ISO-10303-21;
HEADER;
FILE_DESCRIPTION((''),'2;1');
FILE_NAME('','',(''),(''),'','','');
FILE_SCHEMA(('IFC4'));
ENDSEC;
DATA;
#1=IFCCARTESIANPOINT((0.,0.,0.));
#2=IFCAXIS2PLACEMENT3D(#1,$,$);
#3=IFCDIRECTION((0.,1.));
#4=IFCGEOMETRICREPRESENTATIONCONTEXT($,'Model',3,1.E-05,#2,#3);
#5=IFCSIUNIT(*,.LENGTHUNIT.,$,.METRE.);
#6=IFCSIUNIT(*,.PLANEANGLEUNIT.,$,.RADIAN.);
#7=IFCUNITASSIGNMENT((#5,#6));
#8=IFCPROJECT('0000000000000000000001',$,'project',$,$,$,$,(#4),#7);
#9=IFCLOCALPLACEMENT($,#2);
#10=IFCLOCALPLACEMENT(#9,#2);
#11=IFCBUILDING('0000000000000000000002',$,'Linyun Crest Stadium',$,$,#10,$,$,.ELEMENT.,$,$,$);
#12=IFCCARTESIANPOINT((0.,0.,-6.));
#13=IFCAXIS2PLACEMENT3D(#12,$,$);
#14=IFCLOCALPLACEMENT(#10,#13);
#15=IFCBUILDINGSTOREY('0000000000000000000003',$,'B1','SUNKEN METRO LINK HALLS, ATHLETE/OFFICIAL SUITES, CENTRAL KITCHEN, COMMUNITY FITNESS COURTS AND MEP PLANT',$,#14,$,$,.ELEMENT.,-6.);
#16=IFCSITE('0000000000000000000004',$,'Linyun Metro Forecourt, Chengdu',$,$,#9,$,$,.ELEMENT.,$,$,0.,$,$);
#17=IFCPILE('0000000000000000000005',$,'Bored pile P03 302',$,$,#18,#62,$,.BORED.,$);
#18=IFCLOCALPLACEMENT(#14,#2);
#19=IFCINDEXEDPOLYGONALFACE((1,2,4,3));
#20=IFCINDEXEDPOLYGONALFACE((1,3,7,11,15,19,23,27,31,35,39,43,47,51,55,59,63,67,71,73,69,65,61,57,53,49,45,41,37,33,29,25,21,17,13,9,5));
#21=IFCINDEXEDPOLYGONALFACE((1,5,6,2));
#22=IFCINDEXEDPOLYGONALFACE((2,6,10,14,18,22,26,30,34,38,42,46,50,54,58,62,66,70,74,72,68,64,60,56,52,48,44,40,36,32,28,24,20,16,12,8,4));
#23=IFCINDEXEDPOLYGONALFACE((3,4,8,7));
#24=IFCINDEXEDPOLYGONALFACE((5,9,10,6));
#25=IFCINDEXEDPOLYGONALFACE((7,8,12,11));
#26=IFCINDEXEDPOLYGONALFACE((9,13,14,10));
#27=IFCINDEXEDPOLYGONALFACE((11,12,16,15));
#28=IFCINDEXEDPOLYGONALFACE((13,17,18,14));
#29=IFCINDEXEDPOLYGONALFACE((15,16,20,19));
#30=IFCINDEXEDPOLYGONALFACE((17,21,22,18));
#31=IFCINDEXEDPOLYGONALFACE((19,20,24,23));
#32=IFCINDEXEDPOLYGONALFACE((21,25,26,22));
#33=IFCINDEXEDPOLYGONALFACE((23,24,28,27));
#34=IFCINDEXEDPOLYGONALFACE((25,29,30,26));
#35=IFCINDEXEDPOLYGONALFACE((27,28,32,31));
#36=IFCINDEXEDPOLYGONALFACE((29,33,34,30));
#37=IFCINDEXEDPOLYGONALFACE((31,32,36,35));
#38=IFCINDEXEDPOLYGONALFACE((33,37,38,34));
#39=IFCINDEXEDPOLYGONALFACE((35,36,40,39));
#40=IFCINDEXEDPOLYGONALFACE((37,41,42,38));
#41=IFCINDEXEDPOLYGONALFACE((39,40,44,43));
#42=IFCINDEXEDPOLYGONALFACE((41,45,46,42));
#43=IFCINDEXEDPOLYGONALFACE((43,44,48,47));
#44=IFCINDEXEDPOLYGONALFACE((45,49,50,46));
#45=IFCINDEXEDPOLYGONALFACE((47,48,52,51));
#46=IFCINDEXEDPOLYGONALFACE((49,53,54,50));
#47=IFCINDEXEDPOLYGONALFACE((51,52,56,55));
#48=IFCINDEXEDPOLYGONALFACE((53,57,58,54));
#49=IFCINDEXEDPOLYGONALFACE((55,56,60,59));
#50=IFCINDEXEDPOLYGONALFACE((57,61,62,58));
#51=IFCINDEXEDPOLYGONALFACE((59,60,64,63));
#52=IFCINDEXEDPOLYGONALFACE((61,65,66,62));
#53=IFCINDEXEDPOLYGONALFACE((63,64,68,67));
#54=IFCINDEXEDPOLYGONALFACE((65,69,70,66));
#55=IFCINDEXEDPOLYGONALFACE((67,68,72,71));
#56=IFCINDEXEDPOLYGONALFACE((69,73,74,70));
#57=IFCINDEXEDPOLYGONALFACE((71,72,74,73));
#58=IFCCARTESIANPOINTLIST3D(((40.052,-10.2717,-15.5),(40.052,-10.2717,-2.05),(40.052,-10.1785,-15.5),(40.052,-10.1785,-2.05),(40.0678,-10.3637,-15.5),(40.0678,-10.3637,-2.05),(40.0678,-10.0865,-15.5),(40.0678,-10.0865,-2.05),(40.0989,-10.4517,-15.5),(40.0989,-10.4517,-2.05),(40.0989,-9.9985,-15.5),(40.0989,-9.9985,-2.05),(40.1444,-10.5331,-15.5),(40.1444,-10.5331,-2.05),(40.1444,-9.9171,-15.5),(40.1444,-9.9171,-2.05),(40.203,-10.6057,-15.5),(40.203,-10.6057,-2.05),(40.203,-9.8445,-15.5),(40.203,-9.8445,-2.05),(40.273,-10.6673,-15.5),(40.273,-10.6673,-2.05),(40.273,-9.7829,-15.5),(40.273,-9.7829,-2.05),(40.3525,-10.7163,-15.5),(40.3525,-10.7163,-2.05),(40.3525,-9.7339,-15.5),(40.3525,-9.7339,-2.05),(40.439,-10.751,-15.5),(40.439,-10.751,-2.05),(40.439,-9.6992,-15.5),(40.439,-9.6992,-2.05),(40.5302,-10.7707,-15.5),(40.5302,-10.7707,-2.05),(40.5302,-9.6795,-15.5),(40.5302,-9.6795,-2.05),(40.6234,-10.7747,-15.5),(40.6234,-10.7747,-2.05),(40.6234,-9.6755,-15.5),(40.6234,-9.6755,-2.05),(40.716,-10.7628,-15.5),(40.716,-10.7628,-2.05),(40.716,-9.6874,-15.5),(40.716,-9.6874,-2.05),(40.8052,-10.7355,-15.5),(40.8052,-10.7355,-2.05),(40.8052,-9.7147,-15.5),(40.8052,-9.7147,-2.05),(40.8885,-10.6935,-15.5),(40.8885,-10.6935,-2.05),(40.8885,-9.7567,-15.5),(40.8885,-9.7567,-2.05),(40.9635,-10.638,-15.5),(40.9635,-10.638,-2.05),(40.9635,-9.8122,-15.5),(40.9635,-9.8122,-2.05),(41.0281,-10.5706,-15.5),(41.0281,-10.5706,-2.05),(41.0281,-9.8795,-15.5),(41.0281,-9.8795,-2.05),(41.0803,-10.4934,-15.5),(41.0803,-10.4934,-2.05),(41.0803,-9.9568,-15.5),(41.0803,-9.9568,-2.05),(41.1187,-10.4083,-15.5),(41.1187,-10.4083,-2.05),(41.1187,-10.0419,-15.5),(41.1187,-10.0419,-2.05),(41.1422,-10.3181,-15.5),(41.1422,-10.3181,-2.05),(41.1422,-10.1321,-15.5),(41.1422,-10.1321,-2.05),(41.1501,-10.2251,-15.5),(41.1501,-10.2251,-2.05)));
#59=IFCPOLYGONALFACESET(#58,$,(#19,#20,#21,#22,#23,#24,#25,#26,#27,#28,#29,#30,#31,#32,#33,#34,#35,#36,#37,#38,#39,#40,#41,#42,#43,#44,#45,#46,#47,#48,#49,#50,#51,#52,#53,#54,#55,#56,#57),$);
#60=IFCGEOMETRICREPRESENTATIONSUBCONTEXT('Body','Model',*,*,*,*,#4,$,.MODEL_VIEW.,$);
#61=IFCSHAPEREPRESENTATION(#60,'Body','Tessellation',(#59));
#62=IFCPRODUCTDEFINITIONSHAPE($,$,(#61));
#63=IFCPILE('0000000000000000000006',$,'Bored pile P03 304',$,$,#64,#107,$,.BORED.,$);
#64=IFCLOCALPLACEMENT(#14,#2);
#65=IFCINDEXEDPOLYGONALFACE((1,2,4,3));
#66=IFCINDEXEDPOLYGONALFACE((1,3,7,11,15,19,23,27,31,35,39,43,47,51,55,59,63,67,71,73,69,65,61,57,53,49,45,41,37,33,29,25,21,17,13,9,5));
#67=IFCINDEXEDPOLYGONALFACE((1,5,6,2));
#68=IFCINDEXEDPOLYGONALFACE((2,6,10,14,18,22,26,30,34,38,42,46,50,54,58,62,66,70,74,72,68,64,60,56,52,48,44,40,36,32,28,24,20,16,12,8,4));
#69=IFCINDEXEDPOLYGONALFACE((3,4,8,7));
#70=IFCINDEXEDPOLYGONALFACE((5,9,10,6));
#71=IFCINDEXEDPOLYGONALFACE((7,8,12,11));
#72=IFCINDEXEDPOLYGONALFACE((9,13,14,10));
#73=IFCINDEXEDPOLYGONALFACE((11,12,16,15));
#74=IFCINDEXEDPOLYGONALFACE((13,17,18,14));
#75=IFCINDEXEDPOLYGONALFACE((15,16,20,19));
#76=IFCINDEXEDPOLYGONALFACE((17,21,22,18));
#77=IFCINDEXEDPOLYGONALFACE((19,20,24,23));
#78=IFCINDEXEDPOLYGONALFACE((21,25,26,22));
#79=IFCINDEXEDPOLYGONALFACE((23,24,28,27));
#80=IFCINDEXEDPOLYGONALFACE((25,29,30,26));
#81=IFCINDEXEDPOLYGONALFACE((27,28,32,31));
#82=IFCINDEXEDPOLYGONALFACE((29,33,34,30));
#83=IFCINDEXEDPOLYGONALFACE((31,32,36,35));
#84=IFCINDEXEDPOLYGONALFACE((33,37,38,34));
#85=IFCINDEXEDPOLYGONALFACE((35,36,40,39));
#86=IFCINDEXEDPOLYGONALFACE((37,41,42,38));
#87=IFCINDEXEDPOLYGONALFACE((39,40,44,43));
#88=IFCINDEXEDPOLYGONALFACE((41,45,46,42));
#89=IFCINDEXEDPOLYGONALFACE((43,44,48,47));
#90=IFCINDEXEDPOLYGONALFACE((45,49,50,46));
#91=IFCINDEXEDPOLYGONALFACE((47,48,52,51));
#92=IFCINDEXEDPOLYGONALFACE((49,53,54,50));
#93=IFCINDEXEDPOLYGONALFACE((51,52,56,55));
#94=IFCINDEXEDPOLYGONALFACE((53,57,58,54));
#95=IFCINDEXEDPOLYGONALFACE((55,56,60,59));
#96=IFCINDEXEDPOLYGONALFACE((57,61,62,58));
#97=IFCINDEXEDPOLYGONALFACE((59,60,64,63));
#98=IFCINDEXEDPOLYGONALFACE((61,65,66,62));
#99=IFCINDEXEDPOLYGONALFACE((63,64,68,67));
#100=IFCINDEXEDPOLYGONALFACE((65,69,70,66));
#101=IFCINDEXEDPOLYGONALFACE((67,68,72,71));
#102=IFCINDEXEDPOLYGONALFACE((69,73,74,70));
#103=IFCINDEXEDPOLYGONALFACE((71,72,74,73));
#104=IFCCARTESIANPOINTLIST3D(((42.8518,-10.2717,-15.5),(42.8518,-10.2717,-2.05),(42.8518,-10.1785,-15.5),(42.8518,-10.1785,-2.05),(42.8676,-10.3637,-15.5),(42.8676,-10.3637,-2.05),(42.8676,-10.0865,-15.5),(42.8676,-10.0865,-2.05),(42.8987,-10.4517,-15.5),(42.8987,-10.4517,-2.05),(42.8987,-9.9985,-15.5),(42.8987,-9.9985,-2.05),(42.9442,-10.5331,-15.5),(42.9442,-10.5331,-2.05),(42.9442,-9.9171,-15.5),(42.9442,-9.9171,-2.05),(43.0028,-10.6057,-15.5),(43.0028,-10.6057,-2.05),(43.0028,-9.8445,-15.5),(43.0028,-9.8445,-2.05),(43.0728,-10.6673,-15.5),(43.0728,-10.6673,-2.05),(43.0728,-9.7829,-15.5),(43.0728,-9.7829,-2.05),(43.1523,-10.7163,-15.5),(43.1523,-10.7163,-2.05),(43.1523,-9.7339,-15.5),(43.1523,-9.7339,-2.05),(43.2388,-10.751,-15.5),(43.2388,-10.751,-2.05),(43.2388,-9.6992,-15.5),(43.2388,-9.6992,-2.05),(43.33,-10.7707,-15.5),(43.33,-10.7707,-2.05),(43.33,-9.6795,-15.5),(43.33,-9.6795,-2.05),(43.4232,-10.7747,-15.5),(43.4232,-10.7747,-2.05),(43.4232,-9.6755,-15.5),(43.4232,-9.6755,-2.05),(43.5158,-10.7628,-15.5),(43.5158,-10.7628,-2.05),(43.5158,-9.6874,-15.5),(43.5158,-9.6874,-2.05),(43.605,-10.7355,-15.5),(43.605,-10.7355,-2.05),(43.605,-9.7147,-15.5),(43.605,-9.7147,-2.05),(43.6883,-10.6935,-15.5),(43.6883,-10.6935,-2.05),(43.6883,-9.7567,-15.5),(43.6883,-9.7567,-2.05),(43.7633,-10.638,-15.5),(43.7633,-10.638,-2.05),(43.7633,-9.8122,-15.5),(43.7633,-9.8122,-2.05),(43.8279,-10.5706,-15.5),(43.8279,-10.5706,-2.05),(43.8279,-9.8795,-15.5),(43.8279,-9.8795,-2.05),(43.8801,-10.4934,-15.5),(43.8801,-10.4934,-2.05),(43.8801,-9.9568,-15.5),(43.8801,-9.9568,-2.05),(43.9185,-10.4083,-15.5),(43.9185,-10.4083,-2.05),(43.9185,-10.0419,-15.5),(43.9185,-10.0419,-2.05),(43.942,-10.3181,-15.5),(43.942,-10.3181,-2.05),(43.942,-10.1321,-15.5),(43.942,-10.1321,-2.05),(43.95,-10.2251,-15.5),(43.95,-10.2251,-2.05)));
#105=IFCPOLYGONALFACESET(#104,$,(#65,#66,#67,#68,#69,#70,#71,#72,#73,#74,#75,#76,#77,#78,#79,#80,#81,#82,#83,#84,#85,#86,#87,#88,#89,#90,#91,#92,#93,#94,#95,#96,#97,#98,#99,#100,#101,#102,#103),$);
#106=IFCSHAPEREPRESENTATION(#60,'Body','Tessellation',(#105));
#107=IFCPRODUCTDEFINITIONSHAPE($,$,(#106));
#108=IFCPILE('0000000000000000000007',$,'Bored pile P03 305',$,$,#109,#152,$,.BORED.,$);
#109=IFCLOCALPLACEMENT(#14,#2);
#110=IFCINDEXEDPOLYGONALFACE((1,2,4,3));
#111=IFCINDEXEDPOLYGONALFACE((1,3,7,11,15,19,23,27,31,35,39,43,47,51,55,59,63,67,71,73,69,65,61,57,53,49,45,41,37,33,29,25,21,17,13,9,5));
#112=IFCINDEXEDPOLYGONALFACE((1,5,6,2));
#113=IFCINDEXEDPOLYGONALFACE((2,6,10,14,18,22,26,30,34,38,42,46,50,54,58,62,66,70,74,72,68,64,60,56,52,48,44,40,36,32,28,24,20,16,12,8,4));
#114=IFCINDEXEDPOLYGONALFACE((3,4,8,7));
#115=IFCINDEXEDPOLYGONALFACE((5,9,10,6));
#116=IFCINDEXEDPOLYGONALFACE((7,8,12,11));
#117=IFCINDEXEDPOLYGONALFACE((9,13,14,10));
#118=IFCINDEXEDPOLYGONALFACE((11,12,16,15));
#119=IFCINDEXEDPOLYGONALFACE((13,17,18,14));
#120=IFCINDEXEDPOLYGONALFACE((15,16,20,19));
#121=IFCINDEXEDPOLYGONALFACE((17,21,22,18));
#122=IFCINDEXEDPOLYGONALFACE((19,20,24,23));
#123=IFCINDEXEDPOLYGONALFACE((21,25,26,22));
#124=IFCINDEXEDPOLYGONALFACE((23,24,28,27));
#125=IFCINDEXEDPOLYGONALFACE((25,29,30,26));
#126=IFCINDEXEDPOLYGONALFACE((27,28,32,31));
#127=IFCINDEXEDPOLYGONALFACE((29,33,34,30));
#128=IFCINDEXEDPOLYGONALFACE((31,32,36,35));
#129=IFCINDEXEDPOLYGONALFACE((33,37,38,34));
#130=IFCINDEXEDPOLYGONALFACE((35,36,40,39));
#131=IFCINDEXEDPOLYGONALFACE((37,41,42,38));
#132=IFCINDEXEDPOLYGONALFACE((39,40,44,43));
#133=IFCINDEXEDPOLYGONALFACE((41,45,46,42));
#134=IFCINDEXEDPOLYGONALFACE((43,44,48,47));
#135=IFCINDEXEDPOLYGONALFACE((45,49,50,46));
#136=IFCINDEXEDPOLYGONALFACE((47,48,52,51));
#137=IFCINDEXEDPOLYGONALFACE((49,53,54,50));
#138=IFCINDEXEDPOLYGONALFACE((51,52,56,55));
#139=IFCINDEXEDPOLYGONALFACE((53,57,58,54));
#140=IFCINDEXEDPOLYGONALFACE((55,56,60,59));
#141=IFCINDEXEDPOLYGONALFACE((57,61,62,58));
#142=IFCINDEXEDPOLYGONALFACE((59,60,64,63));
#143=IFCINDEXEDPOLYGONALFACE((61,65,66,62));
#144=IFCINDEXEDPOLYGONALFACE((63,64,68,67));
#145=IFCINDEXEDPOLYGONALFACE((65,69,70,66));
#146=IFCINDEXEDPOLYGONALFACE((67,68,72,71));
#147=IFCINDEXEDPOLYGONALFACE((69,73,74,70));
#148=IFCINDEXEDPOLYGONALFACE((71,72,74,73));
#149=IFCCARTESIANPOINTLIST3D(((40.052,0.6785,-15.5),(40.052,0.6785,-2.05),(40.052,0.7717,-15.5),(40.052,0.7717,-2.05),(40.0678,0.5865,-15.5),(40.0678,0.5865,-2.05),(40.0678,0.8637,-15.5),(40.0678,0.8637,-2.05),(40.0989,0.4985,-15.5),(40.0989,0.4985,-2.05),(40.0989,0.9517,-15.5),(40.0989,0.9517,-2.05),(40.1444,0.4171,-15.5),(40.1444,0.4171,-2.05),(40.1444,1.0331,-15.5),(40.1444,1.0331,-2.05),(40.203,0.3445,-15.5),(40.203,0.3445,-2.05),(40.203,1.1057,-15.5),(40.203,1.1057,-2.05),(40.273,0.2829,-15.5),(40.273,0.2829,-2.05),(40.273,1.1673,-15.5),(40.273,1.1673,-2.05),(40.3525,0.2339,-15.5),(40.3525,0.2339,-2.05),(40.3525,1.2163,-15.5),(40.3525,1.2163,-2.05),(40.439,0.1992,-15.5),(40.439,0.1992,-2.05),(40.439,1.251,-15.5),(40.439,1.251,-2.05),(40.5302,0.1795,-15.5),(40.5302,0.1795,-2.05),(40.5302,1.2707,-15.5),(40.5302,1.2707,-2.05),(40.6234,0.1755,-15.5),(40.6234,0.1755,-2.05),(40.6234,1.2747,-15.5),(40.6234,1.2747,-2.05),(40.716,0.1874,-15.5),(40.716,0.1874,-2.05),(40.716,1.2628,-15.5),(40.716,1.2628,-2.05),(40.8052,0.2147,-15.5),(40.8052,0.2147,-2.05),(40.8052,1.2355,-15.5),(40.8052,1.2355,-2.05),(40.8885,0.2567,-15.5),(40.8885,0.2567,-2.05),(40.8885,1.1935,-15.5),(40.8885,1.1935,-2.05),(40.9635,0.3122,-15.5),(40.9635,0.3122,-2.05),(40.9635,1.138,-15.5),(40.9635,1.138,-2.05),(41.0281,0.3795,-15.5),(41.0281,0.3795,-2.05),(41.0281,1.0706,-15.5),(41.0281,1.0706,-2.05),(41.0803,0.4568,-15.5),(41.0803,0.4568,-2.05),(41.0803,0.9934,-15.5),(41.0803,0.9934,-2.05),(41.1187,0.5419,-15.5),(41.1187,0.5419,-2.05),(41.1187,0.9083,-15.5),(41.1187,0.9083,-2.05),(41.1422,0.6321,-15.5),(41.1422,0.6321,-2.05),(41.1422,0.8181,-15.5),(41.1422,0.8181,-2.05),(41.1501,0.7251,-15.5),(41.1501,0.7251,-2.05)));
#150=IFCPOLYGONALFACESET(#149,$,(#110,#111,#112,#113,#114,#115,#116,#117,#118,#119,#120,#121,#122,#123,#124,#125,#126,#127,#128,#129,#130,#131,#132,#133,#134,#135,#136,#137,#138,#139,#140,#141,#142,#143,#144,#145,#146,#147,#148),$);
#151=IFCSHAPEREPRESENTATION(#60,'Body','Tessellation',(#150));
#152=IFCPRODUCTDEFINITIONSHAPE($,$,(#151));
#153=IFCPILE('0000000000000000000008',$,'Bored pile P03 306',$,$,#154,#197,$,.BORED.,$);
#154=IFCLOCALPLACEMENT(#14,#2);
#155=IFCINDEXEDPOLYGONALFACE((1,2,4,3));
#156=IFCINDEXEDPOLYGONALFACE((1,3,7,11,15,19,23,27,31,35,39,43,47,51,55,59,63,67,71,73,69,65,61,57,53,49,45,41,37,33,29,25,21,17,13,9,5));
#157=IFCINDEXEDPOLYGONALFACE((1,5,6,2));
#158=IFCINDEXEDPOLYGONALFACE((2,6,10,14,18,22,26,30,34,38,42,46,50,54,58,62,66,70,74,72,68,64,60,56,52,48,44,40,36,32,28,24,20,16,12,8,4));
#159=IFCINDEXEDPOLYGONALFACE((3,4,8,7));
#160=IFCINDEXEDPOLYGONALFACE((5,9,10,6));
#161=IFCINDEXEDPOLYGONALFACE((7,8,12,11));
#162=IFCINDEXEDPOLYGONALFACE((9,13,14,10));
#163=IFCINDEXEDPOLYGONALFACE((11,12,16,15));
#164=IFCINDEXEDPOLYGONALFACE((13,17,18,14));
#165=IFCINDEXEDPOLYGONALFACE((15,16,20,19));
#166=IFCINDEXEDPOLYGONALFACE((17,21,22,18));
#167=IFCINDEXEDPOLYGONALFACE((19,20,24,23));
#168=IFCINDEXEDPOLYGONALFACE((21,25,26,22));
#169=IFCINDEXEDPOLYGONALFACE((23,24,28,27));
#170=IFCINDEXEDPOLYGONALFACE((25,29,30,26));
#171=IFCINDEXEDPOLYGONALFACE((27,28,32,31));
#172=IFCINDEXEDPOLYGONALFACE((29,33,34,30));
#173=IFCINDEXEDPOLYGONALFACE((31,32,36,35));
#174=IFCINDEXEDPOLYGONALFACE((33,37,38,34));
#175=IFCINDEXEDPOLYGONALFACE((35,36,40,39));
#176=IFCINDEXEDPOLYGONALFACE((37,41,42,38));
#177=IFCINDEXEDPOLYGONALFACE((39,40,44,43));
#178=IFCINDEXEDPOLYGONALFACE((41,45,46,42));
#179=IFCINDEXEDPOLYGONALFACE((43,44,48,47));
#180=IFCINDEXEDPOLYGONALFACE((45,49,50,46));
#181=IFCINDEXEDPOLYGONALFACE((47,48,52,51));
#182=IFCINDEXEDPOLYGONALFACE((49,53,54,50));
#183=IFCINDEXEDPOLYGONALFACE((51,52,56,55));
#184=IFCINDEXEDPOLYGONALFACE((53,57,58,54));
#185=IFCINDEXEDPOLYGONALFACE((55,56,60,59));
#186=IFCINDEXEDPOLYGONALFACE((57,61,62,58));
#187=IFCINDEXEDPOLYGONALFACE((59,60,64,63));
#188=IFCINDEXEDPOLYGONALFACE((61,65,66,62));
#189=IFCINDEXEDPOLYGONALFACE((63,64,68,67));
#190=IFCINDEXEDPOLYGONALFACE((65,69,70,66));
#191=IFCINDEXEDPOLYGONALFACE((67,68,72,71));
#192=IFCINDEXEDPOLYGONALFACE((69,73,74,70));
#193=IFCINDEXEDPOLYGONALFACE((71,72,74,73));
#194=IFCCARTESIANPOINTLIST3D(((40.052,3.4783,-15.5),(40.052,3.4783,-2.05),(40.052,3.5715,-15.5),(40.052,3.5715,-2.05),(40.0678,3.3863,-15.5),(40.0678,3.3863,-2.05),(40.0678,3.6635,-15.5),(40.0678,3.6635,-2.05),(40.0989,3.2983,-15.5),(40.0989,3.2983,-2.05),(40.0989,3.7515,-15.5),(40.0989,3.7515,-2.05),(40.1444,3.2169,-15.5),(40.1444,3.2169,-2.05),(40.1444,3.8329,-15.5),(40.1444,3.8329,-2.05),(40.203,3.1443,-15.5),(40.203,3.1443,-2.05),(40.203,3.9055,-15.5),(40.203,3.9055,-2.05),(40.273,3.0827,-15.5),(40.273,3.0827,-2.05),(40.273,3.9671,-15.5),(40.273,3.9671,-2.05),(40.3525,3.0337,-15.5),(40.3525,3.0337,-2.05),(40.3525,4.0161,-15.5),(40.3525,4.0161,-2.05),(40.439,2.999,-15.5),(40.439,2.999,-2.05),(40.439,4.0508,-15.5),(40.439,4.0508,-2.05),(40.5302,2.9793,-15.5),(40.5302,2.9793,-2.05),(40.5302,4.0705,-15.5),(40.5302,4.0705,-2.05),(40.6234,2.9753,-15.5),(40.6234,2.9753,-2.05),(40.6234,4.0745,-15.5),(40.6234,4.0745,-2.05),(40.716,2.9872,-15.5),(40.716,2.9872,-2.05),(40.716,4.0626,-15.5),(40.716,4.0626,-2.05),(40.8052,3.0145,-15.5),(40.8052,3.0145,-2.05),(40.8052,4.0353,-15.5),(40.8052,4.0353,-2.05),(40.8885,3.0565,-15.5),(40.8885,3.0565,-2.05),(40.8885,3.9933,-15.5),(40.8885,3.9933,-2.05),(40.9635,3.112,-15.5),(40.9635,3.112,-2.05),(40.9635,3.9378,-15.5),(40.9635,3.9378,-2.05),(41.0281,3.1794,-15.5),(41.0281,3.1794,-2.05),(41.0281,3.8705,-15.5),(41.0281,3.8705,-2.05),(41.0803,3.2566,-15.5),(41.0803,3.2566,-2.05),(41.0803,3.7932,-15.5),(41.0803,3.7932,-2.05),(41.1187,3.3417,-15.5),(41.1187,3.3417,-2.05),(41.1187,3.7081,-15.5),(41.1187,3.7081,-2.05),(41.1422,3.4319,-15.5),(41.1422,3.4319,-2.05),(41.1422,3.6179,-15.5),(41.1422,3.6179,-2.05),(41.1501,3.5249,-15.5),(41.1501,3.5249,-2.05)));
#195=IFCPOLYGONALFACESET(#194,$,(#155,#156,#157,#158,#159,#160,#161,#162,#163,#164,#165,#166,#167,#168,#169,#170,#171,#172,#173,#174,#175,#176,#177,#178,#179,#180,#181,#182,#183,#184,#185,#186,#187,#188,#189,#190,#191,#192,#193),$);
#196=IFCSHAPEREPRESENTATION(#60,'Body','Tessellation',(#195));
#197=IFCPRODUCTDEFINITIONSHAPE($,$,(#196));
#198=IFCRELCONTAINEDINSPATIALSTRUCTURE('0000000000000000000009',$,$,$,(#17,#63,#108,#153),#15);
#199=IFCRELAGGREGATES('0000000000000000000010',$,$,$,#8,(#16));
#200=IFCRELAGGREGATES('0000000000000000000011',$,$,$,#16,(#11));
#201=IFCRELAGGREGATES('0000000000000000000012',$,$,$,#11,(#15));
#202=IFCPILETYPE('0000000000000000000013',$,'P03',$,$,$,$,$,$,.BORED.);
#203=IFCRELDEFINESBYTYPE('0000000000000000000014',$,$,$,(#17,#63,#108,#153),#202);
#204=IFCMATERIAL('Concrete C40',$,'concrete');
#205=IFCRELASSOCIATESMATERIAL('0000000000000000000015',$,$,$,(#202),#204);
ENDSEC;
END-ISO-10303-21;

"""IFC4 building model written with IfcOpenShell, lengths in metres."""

from ifc_helpers import new_model, si_unit, direction, frame, origin, origin_2d, place, context, subcontext, project, spatial, circle, extrude, material, material_profile, profile_set, type_object, element, save


model = new_model("IFC4")

# Units and contexts
model_context = context("Model", 3, precision=1e-05, world=origin(), true_north=direction((0.0, 1.0)))
body_context = subcontext(model_context, "Body", "Model", "MODEL_VIEW")
ifc_project = project(units=[si_unit("LENGTHUNIT", "METRE"), si_unit("PLANEANGLEUNIT", "RADIAN")], contexts=[model_context])

# Site, building, storey
site_placement = place(None, origin())
site = spatial("IfcSite", under=ifc_project, at=site_placement, Name="Linyun Metro Forecourt, Chengdu", CompositionType="ELEMENT", RefElevation=0.0)
building_placement = place(site_placement, origin())
building = spatial("IfcBuilding", under=site, at=building_placement, Name="Linyun Crest Stadium", CompositionType="ELEMENT")
storey_placement = place(building_placement, frame((0.0, 0.0, -6.0)))
storey = spatial("IfcBuildingStorey", under=building, at=storey_placement, Name="B1", Description="SUNKEN METRO LINK HALLS, ATHLETE/OFFICIAL SUITES, CENTRAL KITCHEN, COMMUNITY FITNESS COURTS AND MEP PLANT", CompositionType="ELEMENT", Elevation=-6.0)

# Piles
ifc_material_1 = material(Name="Concrete C40", Category="concrete")
ifc_material_profile_1 = material_profile(ifc_material_1, circle(Radius=0.55, at=origin_2d()), Name="BORED PILE 1100")
ifc_profile_set_1 = profile_set([ifc_material_profile_1], Name="Concrete C40")
pile_type = type_object("IfcPileType", Name="P03", PredefinedType="BORED", material=ifc_profile_set_1)
for number, where, z_axis, x_axis, name in (
    (1, (40.6001, -10.2251, -2.05), (0.0, 0.0, -1.0), (1.0, 0.0, 0.0), "Bored pile P03 302"),
    (2, (43.3999, -10.2251, -2.05), (0.0, 0.0, -1.0), (1.0, 0.0, 0.0), "Bored pile P03 304"),
    (3, (40.6001, 0.7251, -2.05), (0.0, 0.0, -1.0), (1.0, 0.0, 0.0), "Bored pile P03 305"),
    (4, (40.6001, 3.5249, -2.05), (0.0, 0.0, -1.0), (1.0, 0.0, 0.0), "Bored pile P03 306"),
):
    element("IfcPile", number, at=place(storey_placement, frame(where, z_axis=z_axis, x_axis=x_axis)), inside=storey, type_object=pile_type, Name=name, PredefinedType="BORED", context=body_context, shape_type="SweptSolid", body=[
        extrude(circle(Radius=0.55, at=origin_2d()), origin(), (0.0, 0.0, 1.0), 13.45),
    ])

save(model, "model.ifc")
